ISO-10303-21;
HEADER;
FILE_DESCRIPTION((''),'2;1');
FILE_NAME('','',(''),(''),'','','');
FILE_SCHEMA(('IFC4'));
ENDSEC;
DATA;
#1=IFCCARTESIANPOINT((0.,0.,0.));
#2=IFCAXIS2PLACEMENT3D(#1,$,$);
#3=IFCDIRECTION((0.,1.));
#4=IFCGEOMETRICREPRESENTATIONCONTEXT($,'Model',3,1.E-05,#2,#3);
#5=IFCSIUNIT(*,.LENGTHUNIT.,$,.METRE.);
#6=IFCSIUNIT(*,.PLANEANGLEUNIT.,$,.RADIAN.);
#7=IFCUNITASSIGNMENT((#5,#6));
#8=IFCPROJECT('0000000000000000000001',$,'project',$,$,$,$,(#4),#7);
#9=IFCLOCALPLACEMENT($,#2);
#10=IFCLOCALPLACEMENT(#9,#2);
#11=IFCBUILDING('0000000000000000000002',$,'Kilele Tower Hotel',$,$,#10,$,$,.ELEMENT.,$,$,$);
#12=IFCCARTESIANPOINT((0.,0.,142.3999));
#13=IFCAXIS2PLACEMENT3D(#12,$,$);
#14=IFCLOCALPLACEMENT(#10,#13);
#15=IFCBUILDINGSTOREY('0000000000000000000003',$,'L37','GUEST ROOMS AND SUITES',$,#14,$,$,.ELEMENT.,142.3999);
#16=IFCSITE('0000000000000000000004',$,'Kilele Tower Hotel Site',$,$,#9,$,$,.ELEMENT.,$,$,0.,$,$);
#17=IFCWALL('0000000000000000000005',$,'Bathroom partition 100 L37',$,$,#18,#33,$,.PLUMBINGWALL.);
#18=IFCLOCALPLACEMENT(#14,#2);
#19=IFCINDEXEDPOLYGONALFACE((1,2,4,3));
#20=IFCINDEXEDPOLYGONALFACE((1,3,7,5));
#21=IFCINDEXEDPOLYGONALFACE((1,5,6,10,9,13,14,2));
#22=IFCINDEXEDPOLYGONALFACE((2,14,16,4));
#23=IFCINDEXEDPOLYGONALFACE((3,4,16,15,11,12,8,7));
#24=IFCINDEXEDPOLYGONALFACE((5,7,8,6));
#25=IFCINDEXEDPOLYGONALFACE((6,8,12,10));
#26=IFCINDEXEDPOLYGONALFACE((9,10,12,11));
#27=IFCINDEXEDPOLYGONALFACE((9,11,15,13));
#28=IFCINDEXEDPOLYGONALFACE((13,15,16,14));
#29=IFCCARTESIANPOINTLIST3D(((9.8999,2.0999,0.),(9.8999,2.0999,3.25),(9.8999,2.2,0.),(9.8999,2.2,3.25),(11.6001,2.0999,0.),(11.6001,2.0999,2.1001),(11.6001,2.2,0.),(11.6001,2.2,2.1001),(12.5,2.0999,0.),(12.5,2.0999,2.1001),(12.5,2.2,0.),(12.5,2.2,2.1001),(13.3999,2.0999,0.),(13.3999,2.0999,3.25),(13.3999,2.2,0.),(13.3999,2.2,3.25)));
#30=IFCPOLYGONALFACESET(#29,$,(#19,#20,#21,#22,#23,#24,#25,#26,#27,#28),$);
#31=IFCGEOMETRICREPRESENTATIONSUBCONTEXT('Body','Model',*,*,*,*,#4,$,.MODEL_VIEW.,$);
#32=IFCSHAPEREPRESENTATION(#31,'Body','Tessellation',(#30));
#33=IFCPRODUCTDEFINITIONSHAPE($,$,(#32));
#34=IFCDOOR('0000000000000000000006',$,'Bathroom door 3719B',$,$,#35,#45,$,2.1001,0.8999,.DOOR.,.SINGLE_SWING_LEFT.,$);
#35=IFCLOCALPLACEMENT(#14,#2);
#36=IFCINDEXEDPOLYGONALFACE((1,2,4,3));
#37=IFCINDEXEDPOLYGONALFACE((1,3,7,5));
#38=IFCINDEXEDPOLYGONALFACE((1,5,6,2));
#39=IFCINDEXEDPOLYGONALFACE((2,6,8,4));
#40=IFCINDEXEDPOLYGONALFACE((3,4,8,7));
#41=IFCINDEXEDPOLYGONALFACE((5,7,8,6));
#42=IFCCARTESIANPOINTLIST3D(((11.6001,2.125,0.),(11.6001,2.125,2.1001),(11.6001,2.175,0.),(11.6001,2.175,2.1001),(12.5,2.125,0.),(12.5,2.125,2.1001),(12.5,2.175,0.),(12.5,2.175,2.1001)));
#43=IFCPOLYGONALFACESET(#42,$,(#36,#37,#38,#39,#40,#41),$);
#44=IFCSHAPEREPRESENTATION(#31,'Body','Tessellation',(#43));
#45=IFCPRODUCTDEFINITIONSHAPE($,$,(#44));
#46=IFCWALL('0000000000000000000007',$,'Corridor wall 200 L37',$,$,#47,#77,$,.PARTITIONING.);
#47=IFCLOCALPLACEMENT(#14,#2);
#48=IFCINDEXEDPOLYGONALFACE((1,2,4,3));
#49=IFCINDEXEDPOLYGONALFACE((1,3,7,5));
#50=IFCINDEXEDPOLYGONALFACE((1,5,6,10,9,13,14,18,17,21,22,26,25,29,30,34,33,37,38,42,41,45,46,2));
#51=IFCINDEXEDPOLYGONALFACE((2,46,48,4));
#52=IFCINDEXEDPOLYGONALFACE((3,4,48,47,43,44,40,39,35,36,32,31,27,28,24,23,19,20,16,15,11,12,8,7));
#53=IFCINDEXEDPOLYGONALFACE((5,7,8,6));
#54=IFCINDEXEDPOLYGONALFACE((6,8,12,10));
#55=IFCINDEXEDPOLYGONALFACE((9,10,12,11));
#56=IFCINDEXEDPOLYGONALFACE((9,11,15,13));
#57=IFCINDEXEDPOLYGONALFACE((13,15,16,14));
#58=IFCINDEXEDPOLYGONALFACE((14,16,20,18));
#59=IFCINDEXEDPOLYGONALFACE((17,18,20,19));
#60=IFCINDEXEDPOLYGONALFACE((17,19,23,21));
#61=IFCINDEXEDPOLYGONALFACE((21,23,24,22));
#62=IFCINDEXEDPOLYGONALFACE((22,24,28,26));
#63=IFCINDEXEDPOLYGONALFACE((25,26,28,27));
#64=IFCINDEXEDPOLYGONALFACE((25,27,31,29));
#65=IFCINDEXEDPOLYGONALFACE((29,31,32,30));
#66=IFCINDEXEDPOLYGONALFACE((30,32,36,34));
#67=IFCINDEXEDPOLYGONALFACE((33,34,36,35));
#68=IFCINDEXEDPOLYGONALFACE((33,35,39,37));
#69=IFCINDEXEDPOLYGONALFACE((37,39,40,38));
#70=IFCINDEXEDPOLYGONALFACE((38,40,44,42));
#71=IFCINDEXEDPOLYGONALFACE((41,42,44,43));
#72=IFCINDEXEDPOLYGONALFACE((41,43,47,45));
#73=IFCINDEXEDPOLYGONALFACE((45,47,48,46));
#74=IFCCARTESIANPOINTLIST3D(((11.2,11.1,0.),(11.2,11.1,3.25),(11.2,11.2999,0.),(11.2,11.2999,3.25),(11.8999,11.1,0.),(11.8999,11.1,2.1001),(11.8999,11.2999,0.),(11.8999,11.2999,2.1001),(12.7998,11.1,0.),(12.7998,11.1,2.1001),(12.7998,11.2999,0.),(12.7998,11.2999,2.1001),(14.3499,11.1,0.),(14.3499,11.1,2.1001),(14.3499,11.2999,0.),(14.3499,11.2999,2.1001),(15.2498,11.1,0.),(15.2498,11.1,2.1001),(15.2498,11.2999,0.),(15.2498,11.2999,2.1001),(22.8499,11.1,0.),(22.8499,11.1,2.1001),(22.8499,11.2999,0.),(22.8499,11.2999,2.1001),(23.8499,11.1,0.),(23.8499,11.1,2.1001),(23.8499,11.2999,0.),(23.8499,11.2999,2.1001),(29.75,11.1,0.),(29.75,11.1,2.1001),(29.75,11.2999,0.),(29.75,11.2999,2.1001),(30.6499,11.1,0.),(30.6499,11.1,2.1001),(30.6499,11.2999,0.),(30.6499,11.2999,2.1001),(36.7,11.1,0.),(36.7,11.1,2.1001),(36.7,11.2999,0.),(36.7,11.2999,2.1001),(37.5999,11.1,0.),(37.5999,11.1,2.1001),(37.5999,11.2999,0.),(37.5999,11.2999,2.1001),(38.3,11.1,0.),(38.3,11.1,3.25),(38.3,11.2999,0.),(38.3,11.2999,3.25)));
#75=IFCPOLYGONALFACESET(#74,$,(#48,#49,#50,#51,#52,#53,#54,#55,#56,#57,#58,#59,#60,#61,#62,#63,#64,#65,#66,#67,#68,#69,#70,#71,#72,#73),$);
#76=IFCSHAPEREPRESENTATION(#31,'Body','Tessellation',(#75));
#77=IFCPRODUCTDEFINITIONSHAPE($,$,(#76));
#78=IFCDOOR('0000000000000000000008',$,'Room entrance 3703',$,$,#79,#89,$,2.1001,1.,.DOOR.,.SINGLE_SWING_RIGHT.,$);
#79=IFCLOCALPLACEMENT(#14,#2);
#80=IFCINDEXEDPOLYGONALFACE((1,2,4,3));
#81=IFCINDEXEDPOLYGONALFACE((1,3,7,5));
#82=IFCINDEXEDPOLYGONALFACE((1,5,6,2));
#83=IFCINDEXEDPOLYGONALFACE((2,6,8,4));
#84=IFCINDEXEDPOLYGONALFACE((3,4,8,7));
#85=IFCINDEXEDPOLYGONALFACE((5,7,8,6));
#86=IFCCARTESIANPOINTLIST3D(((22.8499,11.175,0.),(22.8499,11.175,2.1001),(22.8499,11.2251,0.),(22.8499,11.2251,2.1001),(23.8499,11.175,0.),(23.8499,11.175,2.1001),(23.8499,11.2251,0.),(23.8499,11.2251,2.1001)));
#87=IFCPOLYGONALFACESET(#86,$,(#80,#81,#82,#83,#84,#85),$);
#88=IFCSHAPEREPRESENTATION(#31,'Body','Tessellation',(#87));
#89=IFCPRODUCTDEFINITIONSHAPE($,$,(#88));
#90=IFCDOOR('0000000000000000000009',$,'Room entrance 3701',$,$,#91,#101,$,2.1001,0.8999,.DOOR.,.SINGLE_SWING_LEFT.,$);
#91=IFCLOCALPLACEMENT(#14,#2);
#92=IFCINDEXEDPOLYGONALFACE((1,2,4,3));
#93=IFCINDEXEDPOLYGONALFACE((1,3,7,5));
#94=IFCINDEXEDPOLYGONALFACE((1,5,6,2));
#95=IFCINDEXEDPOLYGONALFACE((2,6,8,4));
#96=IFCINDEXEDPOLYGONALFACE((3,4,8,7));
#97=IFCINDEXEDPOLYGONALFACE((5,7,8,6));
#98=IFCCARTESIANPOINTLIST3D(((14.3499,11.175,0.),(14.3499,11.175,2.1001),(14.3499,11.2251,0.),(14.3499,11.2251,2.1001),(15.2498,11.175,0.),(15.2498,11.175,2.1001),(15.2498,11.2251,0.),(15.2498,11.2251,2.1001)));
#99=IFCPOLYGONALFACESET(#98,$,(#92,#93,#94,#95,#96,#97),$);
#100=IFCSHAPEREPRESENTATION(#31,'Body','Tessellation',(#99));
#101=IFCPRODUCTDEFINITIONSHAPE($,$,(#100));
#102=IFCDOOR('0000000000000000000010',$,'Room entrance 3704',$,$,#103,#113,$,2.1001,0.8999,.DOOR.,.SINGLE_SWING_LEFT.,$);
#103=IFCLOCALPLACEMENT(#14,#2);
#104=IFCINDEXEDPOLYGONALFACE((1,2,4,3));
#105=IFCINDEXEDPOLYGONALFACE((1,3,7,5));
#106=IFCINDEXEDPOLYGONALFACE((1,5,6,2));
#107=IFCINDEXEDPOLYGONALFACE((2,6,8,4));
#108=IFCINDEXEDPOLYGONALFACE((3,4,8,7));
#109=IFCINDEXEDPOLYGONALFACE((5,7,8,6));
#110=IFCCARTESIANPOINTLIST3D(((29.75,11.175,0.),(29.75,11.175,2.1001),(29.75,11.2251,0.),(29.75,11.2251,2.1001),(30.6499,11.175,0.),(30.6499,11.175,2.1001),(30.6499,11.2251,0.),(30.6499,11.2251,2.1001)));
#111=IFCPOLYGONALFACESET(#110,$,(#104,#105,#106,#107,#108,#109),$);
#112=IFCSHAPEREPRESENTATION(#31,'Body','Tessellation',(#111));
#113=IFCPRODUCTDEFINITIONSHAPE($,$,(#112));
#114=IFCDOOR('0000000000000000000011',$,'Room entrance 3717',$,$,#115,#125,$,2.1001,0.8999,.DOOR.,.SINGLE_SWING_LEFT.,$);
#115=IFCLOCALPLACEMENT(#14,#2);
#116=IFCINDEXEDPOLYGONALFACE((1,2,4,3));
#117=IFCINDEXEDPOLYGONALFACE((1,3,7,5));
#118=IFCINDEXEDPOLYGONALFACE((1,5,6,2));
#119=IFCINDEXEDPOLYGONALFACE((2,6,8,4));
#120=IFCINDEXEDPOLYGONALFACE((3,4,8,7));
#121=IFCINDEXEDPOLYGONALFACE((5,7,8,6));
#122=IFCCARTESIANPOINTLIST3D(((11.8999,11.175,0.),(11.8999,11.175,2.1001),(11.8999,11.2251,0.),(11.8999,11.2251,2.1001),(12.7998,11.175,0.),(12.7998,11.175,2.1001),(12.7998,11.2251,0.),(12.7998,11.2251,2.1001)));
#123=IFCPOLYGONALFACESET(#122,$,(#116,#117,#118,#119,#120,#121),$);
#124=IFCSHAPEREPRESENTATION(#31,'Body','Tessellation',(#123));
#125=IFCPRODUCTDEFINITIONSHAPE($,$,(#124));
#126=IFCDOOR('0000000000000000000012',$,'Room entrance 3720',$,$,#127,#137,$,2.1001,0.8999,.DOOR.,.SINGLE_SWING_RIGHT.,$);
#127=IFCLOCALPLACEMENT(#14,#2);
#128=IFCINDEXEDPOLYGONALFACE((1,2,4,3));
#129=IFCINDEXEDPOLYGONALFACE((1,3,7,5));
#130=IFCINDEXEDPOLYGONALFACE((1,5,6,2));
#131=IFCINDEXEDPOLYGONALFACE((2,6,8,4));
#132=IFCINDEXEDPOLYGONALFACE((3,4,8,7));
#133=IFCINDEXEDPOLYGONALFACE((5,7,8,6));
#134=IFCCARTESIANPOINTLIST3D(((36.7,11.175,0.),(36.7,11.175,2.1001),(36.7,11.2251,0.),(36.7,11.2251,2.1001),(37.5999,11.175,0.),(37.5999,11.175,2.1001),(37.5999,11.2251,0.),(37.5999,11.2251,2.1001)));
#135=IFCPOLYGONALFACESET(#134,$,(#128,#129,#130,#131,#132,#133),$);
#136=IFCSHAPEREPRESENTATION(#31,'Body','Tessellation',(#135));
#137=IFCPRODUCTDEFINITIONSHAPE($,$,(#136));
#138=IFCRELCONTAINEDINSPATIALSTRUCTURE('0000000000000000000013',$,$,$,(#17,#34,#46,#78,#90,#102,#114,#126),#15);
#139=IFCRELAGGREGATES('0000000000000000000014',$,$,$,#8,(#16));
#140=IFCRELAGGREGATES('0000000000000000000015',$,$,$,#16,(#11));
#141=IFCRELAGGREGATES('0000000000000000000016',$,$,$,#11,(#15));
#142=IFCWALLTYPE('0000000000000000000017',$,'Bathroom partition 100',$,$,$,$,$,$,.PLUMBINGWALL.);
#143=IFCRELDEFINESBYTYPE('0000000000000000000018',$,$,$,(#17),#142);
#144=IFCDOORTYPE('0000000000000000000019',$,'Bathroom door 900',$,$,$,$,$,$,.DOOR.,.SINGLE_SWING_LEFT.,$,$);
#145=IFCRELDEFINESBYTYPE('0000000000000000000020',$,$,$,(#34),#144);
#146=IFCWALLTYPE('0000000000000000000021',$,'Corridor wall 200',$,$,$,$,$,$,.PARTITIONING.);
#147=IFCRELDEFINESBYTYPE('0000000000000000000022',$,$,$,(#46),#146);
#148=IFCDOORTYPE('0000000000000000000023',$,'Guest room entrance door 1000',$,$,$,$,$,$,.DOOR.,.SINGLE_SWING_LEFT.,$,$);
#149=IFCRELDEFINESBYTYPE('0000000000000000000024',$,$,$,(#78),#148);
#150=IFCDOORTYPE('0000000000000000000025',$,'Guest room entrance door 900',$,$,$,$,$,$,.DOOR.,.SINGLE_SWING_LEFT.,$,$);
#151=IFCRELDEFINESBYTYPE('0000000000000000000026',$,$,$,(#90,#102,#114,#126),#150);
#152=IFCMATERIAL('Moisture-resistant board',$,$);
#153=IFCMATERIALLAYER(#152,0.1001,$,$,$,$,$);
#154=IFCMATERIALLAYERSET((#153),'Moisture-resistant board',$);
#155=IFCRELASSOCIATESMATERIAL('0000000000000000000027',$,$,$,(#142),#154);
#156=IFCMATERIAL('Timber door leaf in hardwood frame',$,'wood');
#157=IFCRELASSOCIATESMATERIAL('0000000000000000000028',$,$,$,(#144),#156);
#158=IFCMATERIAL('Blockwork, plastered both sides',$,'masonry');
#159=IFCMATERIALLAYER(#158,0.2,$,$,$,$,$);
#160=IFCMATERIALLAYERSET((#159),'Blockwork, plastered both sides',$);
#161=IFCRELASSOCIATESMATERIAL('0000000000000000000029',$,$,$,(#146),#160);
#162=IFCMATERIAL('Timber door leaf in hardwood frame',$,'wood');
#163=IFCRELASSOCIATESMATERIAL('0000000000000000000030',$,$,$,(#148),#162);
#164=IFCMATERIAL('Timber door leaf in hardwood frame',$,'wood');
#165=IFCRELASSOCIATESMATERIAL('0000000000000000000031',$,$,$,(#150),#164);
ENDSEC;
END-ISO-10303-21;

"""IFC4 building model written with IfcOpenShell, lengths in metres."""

from ifc_helpers import new_model, si_unit, direction, frame, frame_2d, origin, place, context, subcontext, project, spatial, rectangle, extrude, material, layer, layer_set, type_object, element, fill, save


model = new_model("IFC4")

# Units and contexts
model_context = context("Model", 3, precision=1e-05, world=origin(), true_north=direction((0.0, 1.0)))
body_context = subcontext(model_context, "Body", "Model", "MODEL_VIEW")
ifc_project = project(units=[si_unit("LENGTHUNIT", "METRE"), si_unit("PLANEANGLEUNIT", "RADIAN")], contexts=[model_context])

# Site, building, storey
site_placement = place(None, origin())
site = spatial("IfcSite", under=ifc_project, at=site_placement, Name="Kilele Tower Hotel Site", CompositionType="ELEMENT", RefElevation=0.0)
building_placement = place(site_placement, origin())
building = spatial("IfcBuilding", under=site, at=building_placement, Name="Kilele Tower Hotel", CompositionType="ELEMENT")
storey_placement = place(building_placement, frame((0.0, 0.0, 142.3999)))
storey = spatial("IfcBuildingStorey", under=building, at=storey_placement, Name="L37", Description="GUEST ROOMS AND SUITES", CompositionType="ELEMENT", Elevation=142.3999)

# Shared definitions
ifc_material_1 = material(Name="Moisture-resistant board")
ifc_layer_1 = layer(ifc_material_1, 0.1001)
ifc_layer_set_1 = layer_set([ifc_layer_1], Name="Moisture-resistant board")
wall_type_1 = type_object("IfcWallType", Name="Bathroom partition 100", PredefinedType="PLUMBINGWALL", material=ifc_layer_set_1)

# Wall, opening, door
ifc_material_2 = material(Name="Timber door leaf in hardwood frame", Category="wood")
door_type_1 = type_object("IfcDoorType", Name="Bathroom door 900", OperationType="SINGLE_SWING_LEFT", PredefinedType="DOOR", material=ifc_material_2)
wall_1_placement = place(storey_placement, frame((13.3999, 2.1499, 0.0), z_axis=(0.0, 0.0, 1.0), x_axis=(-1.0, 0.0, 0.0)))
wall_1 = element("IfcWall", 1, at=wall_1_placement, inside=storey, type_object=wall_type_1, Name="Bathroom partition 100 L37", PredefinedType="PLUMBINGWALL", context=body_context, shape_type="SweptSolid", body=[
    extrude(rectangle(XDim=3.5, YDim=0.1001, at=frame_2d((1.75, 0.0))), origin(), (0.0, 0.0, 1.0), 3.25),
])
opening_1_placement = place(wall_1_placement, frame((0.8999, 0.0, 0.0)))
opening_1 = element("IfcOpeningElement", 2, at=opening_1_placement, cuts=wall_1, PredefinedType="OPENING", context=body_context, shape_type="SweptSolid", body=[
    extrude(rectangle(XDim=0.8999, YDim=2.1001, at=frame_2d((0.45, 1.05))), frame((0.0, 0.0601, 0.0), z_axis=(0.0, -1.0, 0.0), x_axis=(1.0, 0.0, 0.0)), (0.0, 0.0, 1.0), 0.1201),
])
door_1_placement = place(opening_1_placement, origin())
door_1 = element("IfcDoor", 3, at=door_1_placement, inside=storey, type_object=door_type_1, Name="Bathroom door 3719B", OperationType="SINGLE_SWING_LEFT", OverallHeight=2.1001, OverallWidth=0.8999, PredefinedType="DOOR", context=body_context, shape_type="SweptSolid", body=[
    extrude(rectangle(XDim=0.8999, YDim=2.1001, at=frame_2d((0.45, 1.05))), frame((0.0, 0.0249, 0.0), z_axis=(0.0, -1.0, 0.0), x_axis=(1.0, 0.0, 0.0)), (0.0, 0.0, 1.0), 0.05),
])
fill(opening_1, door_1)

# Wall, openings, doors
ifc_material_3 = material(Name="Blockwork, plastered both sides", Category="masonry")
ifc_layer_2 = layer(ifc_material_3, 0.2)
ifc_layer_set_2 = layer_set([ifc_layer_2], Name="Blockwork, plastered both sides")
wall_type_2 = type_object("IfcWallType", Name="Corridor wall 200", PredefinedType="PARTITIONING", material=ifc_layer_set_2)
wall_2_placement = place(storey_placement, frame((11.2, 11.2, 0.0), z_axis=(0.0, 0.0, 1.0), x_axis=(1.0, 0.0, 0.0)))
wall_2 = element("IfcWall", 4, at=wall_2_placement, inside=storey, type_object=wall_type_2, Name="Corridor wall 200 L37", PredefinedType="PARTITIONING", context=body_context, shape_type="SweptSolid", body=[
    extrude(rectangle(XDim=27.1001, YDim=0.2, at=frame_2d((13.55, 0.0))), origin(), (0.0, 0.0, 1.0), 3.25),
])
opening_2_placement = place(wall_2_placement, frame((4.0498, 0.0, 0.0), z_axis=(0.0, 0.0, 1.0), x_axis=(-1.0, 0.0, 0.0)))
opening_2 = element("IfcOpeningElement", 5, at=opening_2_placement, cuts=wall_2, PredefinedType="OPENING", context=body_context, shape_type="SweptSolid", body=[
    extrude(rectangle(XDim=0.8999, YDim=2.1001, at=frame_2d((0.45, 1.05))), frame((0.0, 0.1099, 0.0), z_axis=(0.0, -1.0, 0.0), x_axis=(1.0, 0.0, 0.0)), (0.0, 0.0, 1.0), 0.22),
])
opening_3_placement = place(wall_2_placement, frame((12.6499, 0.0, 0.0), z_axis=(0.0, 0.0, 1.0), x_axis=(-1.0, 0.0, 0.0)))
opening_3 = element("IfcOpeningElement", 6, at=opening_3_placement, cuts=wall_2, PredefinedType="OPENING", context=body_context, shape_type="SweptSolid", body=[
    extrude(rectangle(XDim=1.0, YDim=2.1001, at=frame_2d((0.5, 1.05))), frame((0.0, 0.1099, 0.0), z_axis=(0.0, -1.0, 0.0), x_axis=(1.0, 0.0, 0.0)), (0.0, 0.0, 1.0), 0.22),
])
opening_4_placement = place(wall_2_placement, frame((19.45, 0.0, 0.0), z_axis=(0.0, 0.0, 1.0), x_axis=(-1.0, 0.0, 0.0)))
opening_4 = element("IfcOpeningElement", 7, at=opening_4_placement, cuts=wall_2, PredefinedType="OPENING", context=body_context, shape_type="SweptSolid", body=[
    extrude(rectangle(XDim=0.8999, YDim=2.1001, at=frame_2d((0.45, 1.05))), frame((0.0, 0.1099, 0.0), z_axis=(0.0, -1.0, 0.0), x_axis=(1.0, 0.0, 0.0)), (0.0, 0.0, 1.0), 0.22),
])
opening_5_placement = place(wall_2_placement, frame((1.5999, 0.0, 0.0), z_axis=(0.0, 0.0, 1.0), x_axis=(-1.0, 0.0, 0.0)))
opening_5 = element("IfcOpeningElement", 8, at=opening_5_placement, cuts=wall_2, PredefinedType="OPENING", context=body_context, shape_type="SweptSolid", body=[
    extrude(rectangle(XDim=0.8999, YDim=2.1001, at=frame_2d((0.45, 1.05))), frame((0.0, 0.1099, 0.0), z_axis=(0.0, -1.0, 0.0), x_axis=(1.0, 0.0, 0.0)), (0.0, 0.0, 1.0), 0.22),
])
opening_6_placement = place(wall_2_placement, frame((26.3999, 0.0, 0.0), z_axis=(0.0, 0.0, 1.0), x_axis=(-1.0, 0.0, 0.0)))
opening_6 = element("IfcOpeningElement", 9, at=opening_6_placement, cuts=wall_2, PredefinedType="OPENING", context=body_context, shape_type="SweptSolid", body=[
    extrude(rectangle(XDim=0.8999, YDim=2.1001, at=frame_2d((0.45, 1.05))), frame((0.0, 0.1099, 0.0), z_axis=(0.0, -1.0, 0.0), x_axis=(1.0, 0.0, 0.0)), (0.0, 0.0, 1.0), 0.22),
])
ifc_material_4 = material(Name="Timber door leaf in hardwood frame", Category="wood")
door_type_2 = type_object("IfcDoorType", Name="Guest room entrance door 1000", OperationType="SINGLE_SWING_LEFT", PredefinedType="DOOR", material=ifc_material_4)
door_2_placement = place(opening_3_placement, origin())
door_2 = element("IfcDoor", 10, at=door_2_placement, inside=storey, type_object=door_type_2, Name="Room entrance 3703", OperationType="SINGLE_SWING_RIGHT", OverallHeight=2.1001, OverallWidth=1.0, PredefinedType="DOOR", context=body_context, shape_type="SweptSolid", body=[
    extrude(rectangle(XDim=1.0, YDim=2.1001, at=frame_2d((0.5, 1.05))), frame((0.0, 0.0249, 0.0), z_axis=(0.0, -1.0, 0.0), x_axis=(1.0, 0.0, 0.0)), (0.0, 0.0, 1.0), 0.05),
])
fill(opening_3, door_2)
ifc_material_5 = material(Name="Timber door leaf in hardwood frame", Category="wood")
door_type_3 = type_object("IfcDoorType", Name="Guest room entrance door 900", OperationType="SINGLE_SWING_LEFT", PredefinedType="DOOR", material=ifc_material_5)
door_3_placement = place(opening_2_placement, origin())
door_3 = element("IfcDoor", 11, at=door_3_placement, inside=storey, type_object=door_type_3, Name="Room entrance 3701", OperationType="SINGLE_SWING_LEFT", OverallHeight=2.1001, OverallWidth=0.8999, PredefinedType="DOOR", context=body_context, shape_type="SweptSolid", body=[
    extrude(rectangle(XDim=0.8999, YDim=2.1001, at=frame_2d((0.45, 1.05))), frame((0.0, 0.0249, 0.0), z_axis=(0.0, -1.0, 0.0), x_axis=(1.0, 0.0, 0.0)), (0.0, 0.0, 1.0), 0.05),
])
fill(opening_2, door_3)
door_4_placement = place(opening_4_placement, origin())
door_4 = element("IfcDoor", 12, at=door_4_placement, inside=storey, type_object=door_type_3, Name="Room entrance 3704", OperationType="SINGLE_SWING_LEFT", OverallHeight=2.1001, OverallWidth=0.8999, PredefinedType="DOOR", context=body_context, shape_type="SweptSolid", body=[
    extrude(rectangle(XDim=0.8999, YDim=2.1001, at=frame_2d((0.45, 1.05))), frame((0.0, 0.0249, 0.0), z_axis=(0.0, -1.0, 0.0), x_axis=(1.0, 0.0, 0.0)), (0.0, 0.0, 1.0), 0.05),
])
fill(opening_4, door_4)
door_5_placement = place(opening_5_placement, origin())
door_5 = element("IfcDoor", 13, at=door_5_placement, inside=storey, type_object=door_type_3, Name="Room entrance 3717", OperationType="SINGLE_SWING_LEFT", OverallHeight=2.1001, OverallWidth=0.8999, PredefinedType="DOOR", context=body_context, shape_type="SweptSolid", body=[
    extrude(rectangle(XDim=0.8999, YDim=2.1001, at=frame_2d((0.45, 1.05))), frame((0.0, 0.0249, 0.0), z_axis=(0.0, -1.0, 0.0), x_axis=(1.0, 0.0, 0.0)), (0.0, 0.0, 1.0), 0.05),
])
fill(opening_5, door_5)
door_6_placement = place(opening_6_placement, origin())
door_6 = element("IfcDoor", 14, at=door_6_placement, inside=storey, type_object=door_type_3, Name="Room entrance 3720", OperationType="SINGLE_SWING_RIGHT", OverallHeight=2.1001, OverallWidth=0.8999, PredefinedType="DOOR", context=body_context, shape_type="SweptSolid", body=[
    extrude(rectangle(XDim=0.8999, YDim=2.1001, at=frame_2d((0.45, 1.05))), frame((0.0, 0.0249, 0.0), z_axis=(0.0, -1.0, 0.0), x_axis=(1.0, 0.0, 0.0)), (0.0, 0.0, 1.0), 0.05),
])
fill(opening_6, door_6)

save(model, "model.ifc")
